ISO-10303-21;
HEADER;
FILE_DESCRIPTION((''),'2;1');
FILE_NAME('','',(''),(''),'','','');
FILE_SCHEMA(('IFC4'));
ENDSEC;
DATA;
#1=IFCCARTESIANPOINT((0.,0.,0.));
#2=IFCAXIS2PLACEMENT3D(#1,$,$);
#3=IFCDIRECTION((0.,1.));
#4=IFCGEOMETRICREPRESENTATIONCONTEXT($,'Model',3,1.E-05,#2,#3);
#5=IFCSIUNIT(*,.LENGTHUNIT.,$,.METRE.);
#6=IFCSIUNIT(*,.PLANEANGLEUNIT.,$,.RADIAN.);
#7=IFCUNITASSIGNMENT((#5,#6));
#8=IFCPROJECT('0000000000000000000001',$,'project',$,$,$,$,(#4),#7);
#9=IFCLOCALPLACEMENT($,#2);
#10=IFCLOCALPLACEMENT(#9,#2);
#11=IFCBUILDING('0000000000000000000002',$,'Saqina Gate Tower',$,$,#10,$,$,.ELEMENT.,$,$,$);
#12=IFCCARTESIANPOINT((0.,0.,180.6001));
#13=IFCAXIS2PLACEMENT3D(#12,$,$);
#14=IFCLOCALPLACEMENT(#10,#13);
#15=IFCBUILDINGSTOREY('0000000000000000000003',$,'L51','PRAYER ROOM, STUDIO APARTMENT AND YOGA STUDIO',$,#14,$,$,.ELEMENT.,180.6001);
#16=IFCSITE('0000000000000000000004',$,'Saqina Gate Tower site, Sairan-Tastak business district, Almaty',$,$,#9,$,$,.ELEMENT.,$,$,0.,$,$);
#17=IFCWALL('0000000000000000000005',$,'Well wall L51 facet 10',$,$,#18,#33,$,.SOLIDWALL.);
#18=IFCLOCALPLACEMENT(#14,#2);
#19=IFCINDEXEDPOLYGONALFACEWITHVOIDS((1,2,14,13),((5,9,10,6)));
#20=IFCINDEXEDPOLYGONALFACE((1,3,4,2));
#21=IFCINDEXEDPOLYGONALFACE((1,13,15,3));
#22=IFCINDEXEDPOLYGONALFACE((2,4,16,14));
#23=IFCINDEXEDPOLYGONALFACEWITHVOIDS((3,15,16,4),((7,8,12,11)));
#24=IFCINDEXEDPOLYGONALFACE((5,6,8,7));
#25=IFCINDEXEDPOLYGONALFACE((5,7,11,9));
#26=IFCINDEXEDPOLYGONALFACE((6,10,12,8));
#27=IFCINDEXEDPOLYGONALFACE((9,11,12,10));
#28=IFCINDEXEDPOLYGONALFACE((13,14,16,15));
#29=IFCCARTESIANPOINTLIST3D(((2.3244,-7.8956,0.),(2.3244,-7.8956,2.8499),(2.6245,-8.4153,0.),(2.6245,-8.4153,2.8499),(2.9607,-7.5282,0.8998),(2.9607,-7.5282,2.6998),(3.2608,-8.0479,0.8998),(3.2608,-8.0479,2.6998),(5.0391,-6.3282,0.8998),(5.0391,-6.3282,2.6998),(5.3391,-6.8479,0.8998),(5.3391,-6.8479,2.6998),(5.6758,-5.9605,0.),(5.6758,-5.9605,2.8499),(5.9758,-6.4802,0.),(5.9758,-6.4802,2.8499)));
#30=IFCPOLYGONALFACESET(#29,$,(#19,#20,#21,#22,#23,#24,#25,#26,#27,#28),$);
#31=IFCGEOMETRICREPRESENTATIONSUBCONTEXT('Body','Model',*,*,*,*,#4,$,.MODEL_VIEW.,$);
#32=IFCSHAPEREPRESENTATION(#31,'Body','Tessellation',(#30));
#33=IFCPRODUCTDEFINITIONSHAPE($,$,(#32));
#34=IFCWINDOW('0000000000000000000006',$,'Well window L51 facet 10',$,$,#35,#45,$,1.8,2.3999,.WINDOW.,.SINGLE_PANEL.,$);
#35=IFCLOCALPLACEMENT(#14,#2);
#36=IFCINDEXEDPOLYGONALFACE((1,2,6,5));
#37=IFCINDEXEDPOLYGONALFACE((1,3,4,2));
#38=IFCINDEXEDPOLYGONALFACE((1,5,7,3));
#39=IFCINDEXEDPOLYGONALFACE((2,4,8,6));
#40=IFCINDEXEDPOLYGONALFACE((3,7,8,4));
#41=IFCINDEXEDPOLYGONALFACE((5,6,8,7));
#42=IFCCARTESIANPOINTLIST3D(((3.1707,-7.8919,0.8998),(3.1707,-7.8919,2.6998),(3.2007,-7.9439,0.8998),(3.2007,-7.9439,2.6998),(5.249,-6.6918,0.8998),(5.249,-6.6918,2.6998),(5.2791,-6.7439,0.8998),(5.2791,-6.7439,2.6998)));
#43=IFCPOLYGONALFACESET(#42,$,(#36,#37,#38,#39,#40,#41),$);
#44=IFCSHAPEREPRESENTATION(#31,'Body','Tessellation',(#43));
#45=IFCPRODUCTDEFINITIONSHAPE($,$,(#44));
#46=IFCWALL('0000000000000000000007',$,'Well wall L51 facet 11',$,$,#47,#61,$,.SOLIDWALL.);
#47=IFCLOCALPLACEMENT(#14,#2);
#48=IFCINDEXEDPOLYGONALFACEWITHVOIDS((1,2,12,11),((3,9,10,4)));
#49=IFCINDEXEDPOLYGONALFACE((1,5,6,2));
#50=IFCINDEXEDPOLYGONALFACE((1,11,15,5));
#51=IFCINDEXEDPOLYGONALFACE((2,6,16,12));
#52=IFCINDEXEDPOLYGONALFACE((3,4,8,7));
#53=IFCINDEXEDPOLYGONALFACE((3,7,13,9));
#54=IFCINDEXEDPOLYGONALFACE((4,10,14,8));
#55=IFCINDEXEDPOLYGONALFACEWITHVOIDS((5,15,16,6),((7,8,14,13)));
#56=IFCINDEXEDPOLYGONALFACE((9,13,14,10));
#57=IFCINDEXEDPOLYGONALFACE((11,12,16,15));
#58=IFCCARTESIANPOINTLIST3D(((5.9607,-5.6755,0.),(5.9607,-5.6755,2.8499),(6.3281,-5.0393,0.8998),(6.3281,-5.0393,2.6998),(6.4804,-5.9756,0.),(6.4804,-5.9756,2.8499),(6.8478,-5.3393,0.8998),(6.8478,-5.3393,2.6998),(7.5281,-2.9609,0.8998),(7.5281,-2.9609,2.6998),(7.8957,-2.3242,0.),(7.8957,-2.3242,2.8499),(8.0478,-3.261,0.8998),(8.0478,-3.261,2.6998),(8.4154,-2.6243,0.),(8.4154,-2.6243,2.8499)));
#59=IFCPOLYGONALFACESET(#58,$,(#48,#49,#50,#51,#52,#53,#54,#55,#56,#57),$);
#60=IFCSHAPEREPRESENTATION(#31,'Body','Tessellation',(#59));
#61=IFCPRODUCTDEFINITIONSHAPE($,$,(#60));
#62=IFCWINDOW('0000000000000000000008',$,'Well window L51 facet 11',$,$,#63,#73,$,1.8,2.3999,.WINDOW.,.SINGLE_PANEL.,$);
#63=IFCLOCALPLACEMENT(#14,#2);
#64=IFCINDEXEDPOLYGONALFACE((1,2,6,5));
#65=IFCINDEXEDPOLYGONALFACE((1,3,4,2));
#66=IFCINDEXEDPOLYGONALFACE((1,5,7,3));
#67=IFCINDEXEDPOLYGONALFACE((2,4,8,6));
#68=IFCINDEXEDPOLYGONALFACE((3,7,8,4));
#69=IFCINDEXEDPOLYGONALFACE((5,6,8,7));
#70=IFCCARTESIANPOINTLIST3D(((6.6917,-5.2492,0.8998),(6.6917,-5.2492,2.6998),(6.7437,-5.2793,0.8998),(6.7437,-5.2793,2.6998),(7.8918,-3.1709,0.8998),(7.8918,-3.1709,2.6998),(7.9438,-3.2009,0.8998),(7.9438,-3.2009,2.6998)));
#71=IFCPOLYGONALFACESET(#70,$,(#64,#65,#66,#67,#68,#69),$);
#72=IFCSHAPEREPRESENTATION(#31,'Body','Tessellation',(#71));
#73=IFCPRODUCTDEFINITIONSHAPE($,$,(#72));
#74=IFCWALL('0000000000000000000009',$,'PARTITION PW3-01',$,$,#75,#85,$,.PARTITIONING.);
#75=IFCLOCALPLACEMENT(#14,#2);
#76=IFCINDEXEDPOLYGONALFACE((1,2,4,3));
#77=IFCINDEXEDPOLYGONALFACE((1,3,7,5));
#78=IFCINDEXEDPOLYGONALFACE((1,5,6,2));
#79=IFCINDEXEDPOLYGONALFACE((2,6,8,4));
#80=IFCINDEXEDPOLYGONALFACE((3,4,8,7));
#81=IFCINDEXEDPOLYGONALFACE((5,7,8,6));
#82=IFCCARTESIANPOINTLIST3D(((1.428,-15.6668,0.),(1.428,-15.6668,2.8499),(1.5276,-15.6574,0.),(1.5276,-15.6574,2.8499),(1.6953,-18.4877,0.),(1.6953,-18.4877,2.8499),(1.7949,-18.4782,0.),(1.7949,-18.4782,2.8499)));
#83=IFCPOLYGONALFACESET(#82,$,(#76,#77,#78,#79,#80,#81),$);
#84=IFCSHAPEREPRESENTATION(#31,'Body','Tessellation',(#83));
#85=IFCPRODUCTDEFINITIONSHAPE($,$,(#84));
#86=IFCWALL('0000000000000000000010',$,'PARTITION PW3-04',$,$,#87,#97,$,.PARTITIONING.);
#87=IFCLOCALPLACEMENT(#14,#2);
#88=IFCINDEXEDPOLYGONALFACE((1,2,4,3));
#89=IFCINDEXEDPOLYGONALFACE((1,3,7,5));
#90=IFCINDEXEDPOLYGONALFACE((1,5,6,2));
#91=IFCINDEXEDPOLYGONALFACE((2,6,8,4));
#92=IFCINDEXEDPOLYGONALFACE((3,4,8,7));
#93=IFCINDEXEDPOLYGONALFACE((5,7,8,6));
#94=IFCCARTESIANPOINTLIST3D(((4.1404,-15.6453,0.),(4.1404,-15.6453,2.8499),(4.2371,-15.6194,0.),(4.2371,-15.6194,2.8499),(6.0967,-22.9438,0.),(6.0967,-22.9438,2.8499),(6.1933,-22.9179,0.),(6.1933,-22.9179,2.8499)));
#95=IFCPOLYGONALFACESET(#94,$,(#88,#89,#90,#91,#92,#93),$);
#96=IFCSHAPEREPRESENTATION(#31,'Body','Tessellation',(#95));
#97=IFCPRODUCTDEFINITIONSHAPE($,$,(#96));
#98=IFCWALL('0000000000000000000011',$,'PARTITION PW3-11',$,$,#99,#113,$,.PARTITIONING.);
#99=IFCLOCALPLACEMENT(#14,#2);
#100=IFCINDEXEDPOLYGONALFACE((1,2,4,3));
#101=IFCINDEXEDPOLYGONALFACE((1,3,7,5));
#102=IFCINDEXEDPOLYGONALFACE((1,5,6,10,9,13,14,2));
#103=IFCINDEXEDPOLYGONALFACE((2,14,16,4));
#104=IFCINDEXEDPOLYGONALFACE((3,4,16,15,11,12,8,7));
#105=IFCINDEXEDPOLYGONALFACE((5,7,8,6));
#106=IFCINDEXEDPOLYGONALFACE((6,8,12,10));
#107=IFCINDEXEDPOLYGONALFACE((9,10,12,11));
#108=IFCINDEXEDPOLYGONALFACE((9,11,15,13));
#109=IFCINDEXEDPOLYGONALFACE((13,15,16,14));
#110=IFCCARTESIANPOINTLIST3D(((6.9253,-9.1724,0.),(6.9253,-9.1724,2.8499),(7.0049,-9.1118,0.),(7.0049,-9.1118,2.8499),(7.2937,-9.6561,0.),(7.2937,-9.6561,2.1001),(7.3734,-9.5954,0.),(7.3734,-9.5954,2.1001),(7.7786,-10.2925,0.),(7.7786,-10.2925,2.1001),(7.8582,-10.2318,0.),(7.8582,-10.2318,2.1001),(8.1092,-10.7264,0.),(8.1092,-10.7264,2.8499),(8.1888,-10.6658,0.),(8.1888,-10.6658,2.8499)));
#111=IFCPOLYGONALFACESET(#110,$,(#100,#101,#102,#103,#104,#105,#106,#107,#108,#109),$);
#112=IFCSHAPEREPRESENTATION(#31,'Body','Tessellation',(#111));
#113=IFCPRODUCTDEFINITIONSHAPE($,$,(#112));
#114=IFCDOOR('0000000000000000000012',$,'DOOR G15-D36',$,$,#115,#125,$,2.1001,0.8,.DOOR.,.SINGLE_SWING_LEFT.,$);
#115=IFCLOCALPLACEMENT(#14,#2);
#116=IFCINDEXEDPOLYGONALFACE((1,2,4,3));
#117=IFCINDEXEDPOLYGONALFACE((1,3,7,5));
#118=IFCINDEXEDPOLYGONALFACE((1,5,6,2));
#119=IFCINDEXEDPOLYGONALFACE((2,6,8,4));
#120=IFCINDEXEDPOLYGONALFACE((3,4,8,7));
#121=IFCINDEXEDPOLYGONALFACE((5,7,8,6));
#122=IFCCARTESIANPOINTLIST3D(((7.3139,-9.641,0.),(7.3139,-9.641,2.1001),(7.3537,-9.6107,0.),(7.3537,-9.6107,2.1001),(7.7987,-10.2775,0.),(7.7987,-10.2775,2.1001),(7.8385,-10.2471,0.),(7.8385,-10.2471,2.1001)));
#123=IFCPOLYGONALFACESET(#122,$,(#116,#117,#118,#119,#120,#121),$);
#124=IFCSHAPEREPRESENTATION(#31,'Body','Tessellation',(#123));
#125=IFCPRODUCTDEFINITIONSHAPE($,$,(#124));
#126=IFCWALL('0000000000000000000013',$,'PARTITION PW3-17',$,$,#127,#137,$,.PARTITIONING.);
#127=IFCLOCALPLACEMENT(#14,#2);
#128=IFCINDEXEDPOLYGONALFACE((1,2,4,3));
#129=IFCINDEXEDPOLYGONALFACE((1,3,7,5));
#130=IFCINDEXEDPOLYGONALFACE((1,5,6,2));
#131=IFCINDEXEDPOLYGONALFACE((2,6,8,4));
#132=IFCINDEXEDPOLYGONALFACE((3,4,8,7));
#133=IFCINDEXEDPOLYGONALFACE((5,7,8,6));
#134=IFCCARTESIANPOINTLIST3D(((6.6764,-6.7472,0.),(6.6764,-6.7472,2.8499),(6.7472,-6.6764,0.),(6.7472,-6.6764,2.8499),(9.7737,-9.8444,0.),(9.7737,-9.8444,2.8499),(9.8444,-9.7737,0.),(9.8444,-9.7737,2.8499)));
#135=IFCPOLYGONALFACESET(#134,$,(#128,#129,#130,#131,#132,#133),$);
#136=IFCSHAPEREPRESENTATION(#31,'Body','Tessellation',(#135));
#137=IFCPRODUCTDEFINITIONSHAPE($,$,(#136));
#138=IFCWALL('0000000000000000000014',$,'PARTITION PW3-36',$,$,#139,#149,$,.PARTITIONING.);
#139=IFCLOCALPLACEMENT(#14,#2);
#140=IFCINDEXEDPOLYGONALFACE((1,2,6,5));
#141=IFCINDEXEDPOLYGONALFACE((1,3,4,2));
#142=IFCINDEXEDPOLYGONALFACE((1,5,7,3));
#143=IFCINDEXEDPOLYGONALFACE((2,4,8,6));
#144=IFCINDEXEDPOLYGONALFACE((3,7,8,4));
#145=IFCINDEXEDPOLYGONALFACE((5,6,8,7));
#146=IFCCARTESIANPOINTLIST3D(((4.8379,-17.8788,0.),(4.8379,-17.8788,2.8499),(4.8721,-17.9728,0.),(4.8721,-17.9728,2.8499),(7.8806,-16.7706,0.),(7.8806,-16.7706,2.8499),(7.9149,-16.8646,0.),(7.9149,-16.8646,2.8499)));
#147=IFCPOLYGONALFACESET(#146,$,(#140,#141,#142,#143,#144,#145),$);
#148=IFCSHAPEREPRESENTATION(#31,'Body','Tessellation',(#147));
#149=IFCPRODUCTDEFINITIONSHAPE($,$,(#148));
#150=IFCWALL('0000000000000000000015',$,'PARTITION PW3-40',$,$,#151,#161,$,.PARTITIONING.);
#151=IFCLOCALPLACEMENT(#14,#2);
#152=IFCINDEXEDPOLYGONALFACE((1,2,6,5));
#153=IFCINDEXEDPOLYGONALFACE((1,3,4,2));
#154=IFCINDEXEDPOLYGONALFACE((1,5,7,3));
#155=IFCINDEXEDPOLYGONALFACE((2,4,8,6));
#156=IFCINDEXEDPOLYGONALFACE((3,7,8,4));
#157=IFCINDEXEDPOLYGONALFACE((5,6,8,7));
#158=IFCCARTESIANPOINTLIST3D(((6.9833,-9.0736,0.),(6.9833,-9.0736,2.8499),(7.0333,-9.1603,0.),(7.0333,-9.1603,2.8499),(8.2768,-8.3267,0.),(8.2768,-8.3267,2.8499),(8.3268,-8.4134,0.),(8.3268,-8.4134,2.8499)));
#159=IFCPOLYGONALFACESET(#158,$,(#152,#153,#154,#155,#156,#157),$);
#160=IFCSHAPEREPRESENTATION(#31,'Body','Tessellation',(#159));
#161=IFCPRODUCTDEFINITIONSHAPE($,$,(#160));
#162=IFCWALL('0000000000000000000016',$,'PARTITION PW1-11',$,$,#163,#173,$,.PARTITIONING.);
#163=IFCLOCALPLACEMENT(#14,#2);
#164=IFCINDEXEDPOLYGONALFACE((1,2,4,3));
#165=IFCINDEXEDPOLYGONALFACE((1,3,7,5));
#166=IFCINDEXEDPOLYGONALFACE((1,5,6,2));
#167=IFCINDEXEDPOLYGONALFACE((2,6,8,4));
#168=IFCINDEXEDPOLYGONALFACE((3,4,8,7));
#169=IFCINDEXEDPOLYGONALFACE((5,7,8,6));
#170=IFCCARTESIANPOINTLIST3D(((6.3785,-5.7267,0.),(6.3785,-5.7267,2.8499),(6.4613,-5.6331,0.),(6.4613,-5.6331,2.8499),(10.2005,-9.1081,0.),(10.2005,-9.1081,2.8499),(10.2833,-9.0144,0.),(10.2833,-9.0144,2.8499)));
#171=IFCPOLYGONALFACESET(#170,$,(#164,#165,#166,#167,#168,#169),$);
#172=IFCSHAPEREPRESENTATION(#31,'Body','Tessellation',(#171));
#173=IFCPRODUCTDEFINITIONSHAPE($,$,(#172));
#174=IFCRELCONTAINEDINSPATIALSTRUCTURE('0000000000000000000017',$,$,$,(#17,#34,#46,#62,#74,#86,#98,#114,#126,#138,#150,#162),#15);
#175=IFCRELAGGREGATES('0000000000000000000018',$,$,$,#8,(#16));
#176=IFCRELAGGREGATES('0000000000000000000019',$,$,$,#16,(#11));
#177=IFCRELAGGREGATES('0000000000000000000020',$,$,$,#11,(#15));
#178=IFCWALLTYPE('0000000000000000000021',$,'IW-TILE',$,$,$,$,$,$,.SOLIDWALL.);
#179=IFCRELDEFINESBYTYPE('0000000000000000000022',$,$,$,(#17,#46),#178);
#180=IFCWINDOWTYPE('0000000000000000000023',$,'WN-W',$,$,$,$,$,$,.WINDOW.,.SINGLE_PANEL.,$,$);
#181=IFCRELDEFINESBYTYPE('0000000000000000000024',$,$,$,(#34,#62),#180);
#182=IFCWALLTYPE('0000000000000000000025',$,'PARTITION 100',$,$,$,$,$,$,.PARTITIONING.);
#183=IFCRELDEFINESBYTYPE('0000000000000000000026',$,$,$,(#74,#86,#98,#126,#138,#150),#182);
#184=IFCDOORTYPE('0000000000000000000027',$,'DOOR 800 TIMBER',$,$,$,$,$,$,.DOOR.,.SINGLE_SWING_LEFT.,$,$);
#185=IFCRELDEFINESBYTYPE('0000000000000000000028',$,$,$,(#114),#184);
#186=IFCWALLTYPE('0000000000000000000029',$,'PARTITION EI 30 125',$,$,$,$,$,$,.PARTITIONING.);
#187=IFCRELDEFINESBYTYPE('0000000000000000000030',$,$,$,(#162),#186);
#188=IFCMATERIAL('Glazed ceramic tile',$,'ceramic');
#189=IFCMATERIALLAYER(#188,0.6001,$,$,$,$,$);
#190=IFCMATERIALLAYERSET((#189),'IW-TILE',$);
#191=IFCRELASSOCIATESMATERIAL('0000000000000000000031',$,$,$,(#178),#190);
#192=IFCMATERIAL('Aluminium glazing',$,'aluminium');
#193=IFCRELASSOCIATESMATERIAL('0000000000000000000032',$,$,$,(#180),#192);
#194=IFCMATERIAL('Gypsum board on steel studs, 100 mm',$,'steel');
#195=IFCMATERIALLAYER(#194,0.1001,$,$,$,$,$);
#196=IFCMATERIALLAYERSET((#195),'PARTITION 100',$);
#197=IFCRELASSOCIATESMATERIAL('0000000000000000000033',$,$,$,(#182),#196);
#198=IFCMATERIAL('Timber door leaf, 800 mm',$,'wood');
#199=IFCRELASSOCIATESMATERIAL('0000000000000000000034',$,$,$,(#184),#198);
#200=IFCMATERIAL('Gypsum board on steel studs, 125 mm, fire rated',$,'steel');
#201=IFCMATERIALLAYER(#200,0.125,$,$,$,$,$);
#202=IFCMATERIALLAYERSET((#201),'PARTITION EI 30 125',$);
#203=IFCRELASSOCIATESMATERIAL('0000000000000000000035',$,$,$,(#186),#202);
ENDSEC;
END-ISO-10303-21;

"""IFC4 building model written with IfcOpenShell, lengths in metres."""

from ifc_helpers import new_model, si_unit, direction, frame, frame_2d, origin, place, context, subcontext, project, spatial, rectangle, extrude, material, layer, layer_set, type_object, element, fill, save


model = new_model("IFC4")

# Units and contexts
model_context = context("Model", 3, precision=1e-05, world=origin(), true_north=direction((0.0, 1.0)))
body_context = subcontext(model_context, "Body", "Model", "MODEL_VIEW")
ifc_project = project(units=[si_unit("LENGTHUNIT", "METRE"), si_unit("PLANEANGLEUNIT", "RADIAN")], contexts=[model_context])

# Site, building, storey
site_placement = place(None, origin())
site = spatial("IfcSite", under=ifc_project, at=site_placement, Name="Saqina Gate Tower site, Sairan-Tastak business district, Almaty", CompositionType="ELEMENT", RefElevation=0.0)
building_placement = place(site_placement, origin())
building = spatial("IfcBuilding", under=site, at=building_placement, Name="Saqina Gate Tower", CompositionType="ELEMENT")
storey_placement = place(building_placement, frame((0.0, 0.0, 180.6001)))
storey = spatial("IfcBuildingStorey", under=building, at=storey_placement, Name="L51", Description="PRAYER ROOM, STUDIO APARTMENT AND YOGA STUDIO", CompositionType="ELEMENT", Elevation=180.6001)

# Walls, openings, windows
ifc_material_1 = material(Name="Glazed ceramic tile", Category="ceramic")
ifc_layer_1 = layer(ifc_material_1, 0.6001)
ifc_layer_set_1 = layer_set([ifc_layer_1], Name="IW-TILE")
wall_type_1 = type_object("IfcWallType", Name="IW-TILE", PredefinedType="SOLIDWALL", material=ifc_layer_set_1)
wall_1_placement = place(storey_placement, frame((2.4744, -8.1555, 0.0), z_axis=(0.0, 0.0, 1.0), x_axis=(0.866006, 0.500034, 0.0)))
wall_1 = element("IfcWall", 1, at=wall_1_placement, inside=storey, type_object=wall_type_1, Name="Well wall L51 facet 10", PredefinedType="SOLIDWALL", context=body_context, shape_type="SweptSolid", body=[
    extrude(rectangle(XDim=3.8699, YDim=0.6001, at=frame_2d((1.9351, 0.0))), origin(), (0.0, 0.0, 1.0), 2.8499),
])
opening_1_placement = place(wall_1_placement, frame((0.7349, 0.0, 0.8999)))
opening_1 = element("IfcOpeningElement", 2, at=opening_1_placement, cuts=wall_1, PredefinedType="OPENING", context=body_context, shape_type="SweptSolid", body=[
    extrude(rectangle(XDim=2.3999, YDim=1.8, at=frame_2d((1.2, 0.8999))), frame((0.0, 0.312, 0.0), z_axis=(0.0, -1.0, 0.0), x_axis=(1.0, 0.0, 0.0)), (0.0, 0.0, 1.0), 0.624),
])
ifc_material_2 = material(Name="Aluminium glazing", Category="aluminium")
window_type_1 = type_object("IfcWindowType", Name="WN-W", PartitioningType="SINGLE_PANEL", PredefinedType="WINDOW", material=ifc_material_2)
window_1_placement = place(opening_1_placement, origin())
window_1 = element("IfcWindow", 3, at=window_1_placement, inside=storey, type_object=window_type_1, Name="Well window L51 facet 10", OverallHeight=1.8, OverallWidth=2.3999, PartitioningType="SINGLE_PANEL", PredefinedType="WINDOW", context=body_context, shape_type="SweptSolid", body=[
    extrude(rectangle(XDim=2.3999, YDim=1.8, at=frame_2d((1.2, 0.8999))), frame((0.0, -0.1199, 0.0), z_axis=(0.0, -1.0, 0.0), x_axis=(1.0, 0.0, 0.0)), (0.0, 0.0, 1.0), 0.0601),
])
fill(opening_1, window_1)
wall_2_placement = place(storey_placement, frame((6.2205, -5.8257, 0.0), z_axis=(0.0, 0.0, 1.0), x_axis=(0.500034, 0.866006, 0.0)))
wall_2 = element("IfcWall", 4, at=wall_2_placement, inside=storey, type_object=wall_type_1, Name="Well wall L51 facet 11", PredefinedType="SOLIDWALL", context=body_context, shape_type="SweptSolid", body=[
    extrude(rectangle(XDim=3.8699, YDim=0.6001, at=frame_2d((1.9351, 0.0))), origin(), (0.0, 0.0, 1.0), 2.8499),
])
opening_2_placement = place(wall_2_placement, frame((0.7349, 0.0, 0.8999)))
opening_2 = element("IfcOpeningElement", 5, at=opening_2_placement, cuts=wall_2, PredefinedType="OPENING", context=body_context, shape_type="SweptSolid", body=[
    extrude(rectangle(XDim=2.3999, YDim=1.8, at=frame_2d((1.2, 0.8999))), frame((0.0, 0.312, 0.0), z_axis=(0.0, -1.0, 0.0), x_axis=(1.0, 0.0, 0.0)), (0.0, 0.0, 1.0), 0.624),
])
window_2_placement = place(opening_2_placement, origin())
window_2 = element("IfcWindow", 6, at=window_2_placement, inside=storey, type_object=window_type_1, Name="Well window L51 facet 11", OverallHeight=1.8, OverallWidth=2.3999, PartitioningType="SINGLE_PANEL", PredefinedType="WINDOW", context=body_context, shape_type="SweptSolid", body=[
    extrude(rectangle(XDim=2.3999, YDim=1.8, at=frame_2d((1.2, 0.8999))), frame((0.0, -0.1199, 0.0), z_axis=(0.0, -1.0, 0.0), x_axis=(1.0, 0.0, 0.0)), (0.0, 0.0, 1.0), 0.0601),
])
fill(opening_2, window_2)

# Walls
ifc_material_3 = material(Name="Gypsum board on steel studs, 100 mm", Category="steel")
ifc_layer_2 = layer(ifc_material_3, 0.1001)
ifc_layer_set_2 = layer_set([ifc_layer_2], Name="PARTITION 100")
wall_type_2 = type_object("IfcWallType", Name="PARTITION 100", PredefinedType="PARTITIONING", material=ifc_layer_set_2)
wall_3_placement = place(storey_placement, frame((1.4778, -15.6621, 0.0), z_axis=(0.0, 0.0, 1.0), x_axis=(0.09435, -0.995539, 0.0)))
element("IfcWall", 7, at=wall_3_placement, inside=storey, type_object=wall_type_2, Name="PARTITION PW3-01", PredefinedType="PARTITIONING", context=body_context, shape_type="SweptSolid", body=[
    extrude(rectangle(XDim=2.8335, YDim=0.1001, at=frame_2d((1.4167, 0.0))), origin(), (0.0, 0.0, 1.0), 2.8499),
])
wall_4_placement = place(storey_placement, frame((4.1887, -15.6323, 0.0), z_axis=(0.0, 0.0, 1.0), x_axis=(0.258899, -0.965904, 0.0)))
element("IfcWall", 8, at=wall_4_placement, inside=storey, type_object=wall_type_2, Name="PARTITION PW3-04", PredefinedType="PARTITIONING", context=body_context, shape_type="SweptSolid", body=[
    extrude(rectangle(XDim=7.5562, YDim=0.1001, at=frame_2d((3.7781, 0.0))), origin(), (0.0, 0.0, 1.0), 2.8499),
])

# Wall, opening, door
wall_5_placement = place(storey_placement, frame((6.9651, -9.1421, 0.0), z_axis=(0.0, 0.0, 1.0), x_axis=(0.606002, -0.795463, 0.0)))
wall_5 = element("IfcWall", 9, at=wall_5_placement, inside=storey, type_object=wall_type_2, Name="PARTITION PW3-11", PredefinedType="PARTITIONING", context=body_context, shape_type="SweptSolid", body=[
    extrude(rectangle(XDim=1.9536, YDim=0.1001, at=frame_2d((0.9768, 0.0))), origin(), (0.0, 0.0, 1.0), 2.8499),
])
opening_3_placement = place(wall_5_placement, frame((0.6082, 0.0, 0.0)))
opening_3 = element("IfcOpeningElement", 10, at=opening_3_placement, cuts=wall_5, PredefinedType="OPENING", context=body_context, shape_type="SweptSolid", body=[
    extrude(rectangle(XDim=0.8, YDim=2.1001, at=frame_2d((0.3999, 1.05))), frame((0.0, 0.062, 0.0), z_axis=(0.0, -1.0, 0.0), x_axis=(1.0, 0.0, 0.0)), (0.0, 0.0, 1.0), 0.124),
])
ifc_material_4 = material(Name="Timber door leaf, 800 mm", Category="wood")
door_type_1 = type_object("IfcDoorType", Name="DOOR 800 TIMBER", OperationType="SINGLE_SWING_LEFT", PredefinedType="DOOR", material=ifc_material_4)
door_1_placement = place(opening_3_placement, frame((0.8, 0.0, 0.0), z_axis=(0.0, 0.0, 1.0), x_axis=(-1.0, 0.0, 0.0)))
door_1 = element("IfcDoor", 11, at=door_1_placement, inside=storey, type_object=door_type_1, Name="DOOR G15-D36", OperationType="SINGLE_SWING_LEFT", OverallHeight=2.1001, OverallWidth=0.8, PredefinedType="DOOR", context=body_context, shape_type="SweptSolid", body=[
    extrude(rectangle(XDim=0.8, YDim=2.1001, at=frame_2d((0.3999, 1.05))), frame((0.0, 0.0249, 0.0), z_axis=(0.0, -1.0, 0.0), x_axis=(1.0, 0.0, 0.0)), (0.0, 0.0, 1.0), 0.05),
])
fill(opening_3, door_1)

# Walls
wall_6_placement = place(storey_placement, frame((6.7119, -6.7119, 0.0), z_axis=(0.0, 0.0, 1.0), x_axis=(0.707107, -0.707107, 0.0)))
element("IfcWall", 12, at=wall_6_placement, inside=storey, type_object=wall_type_2, Name="PARTITION PW3-17", PredefinedType="PARTITIONING", context=body_context, shape_type="SweptSolid", body=[
    extrude(rectangle(XDim=4.3801, YDim=0.1001, at=frame_2d((2.1899, 0.0))), origin(), (0.0, 0.0, 1.0), 2.8499),
])
wall_7_placement = place(storey_placement, frame((4.855, -17.9258, 0.0), z_axis=(0.0, 0.0, 1.0), x_axis=(0.939624, 0.342209, 0.0)))
element("IfcWall", 13, at=wall_7_placement, inside=storey, type_object=wall_type_2, Name="PARTITION PW3-36", PredefinedType="PARTITIONING", context=body_context, shape_type="SweptSolid", body=[
    extrude(rectangle(XDim=3.2383, YDim=0.1001, at=frame_2d((1.6191, 0.0))), origin(), (0.0, 0.0, 1.0), 2.8499),
])
wall_8_placement = place(storey_placement, frame((7.0083, -9.1169, 0.0), z_axis=(0.0, 0.0, 1.0), x_axis=(0.866011, 0.500024, 0.0)))
element("IfcWall", 14, at=wall_8_placement, inside=storey, type_object=wall_type_2, Name="PARTITION PW3-40", PredefinedType="PARTITIONING", context=body_context, shape_type="SweptSolid", body=[
    extrude(rectangle(XDim=1.4937, YDim=0.1001, at=frame_2d((0.7468, 0.0))), origin(), (0.0, 0.0, 1.0), 2.8499),
])
ifc_material_5 = material(Name="Gypsum board on steel studs, 125 mm, fire rated", Category="steel")
ifc_layer_3 = layer(ifc_material_5, 0.125)
ifc_layer_set_3 = layer_set([ifc_layer_3], Name="PARTITION EI 30 125")
wall_type_3 = type_object("IfcWallType", Name="PARTITION EI 30 125", PredefinedType="PARTITIONING", material=ifc_layer_set_3)
wall_9_placement = place(storey_placement, frame((6.4199, -5.6799, 0.0), z_axis=(0.0, 0.0, 1.0), x_axis=(0.748965, -0.66261, 0.0)))
element("IfcWall", 15, at=wall_9_placement, inside=storey, type_object=wall_type_3, Name="PARTITION PW1-11", PredefinedType="PARTITIONING", context=body_context, shape_type="SweptSolid", body=[
    extrude(rectangle(XDim=5.103, YDim=0.125, at=frame_2d((2.5515, 0.0))), origin(), (0.0, 0.0, 1.0), 2.8499),
])

save(model, "model.ifc")
